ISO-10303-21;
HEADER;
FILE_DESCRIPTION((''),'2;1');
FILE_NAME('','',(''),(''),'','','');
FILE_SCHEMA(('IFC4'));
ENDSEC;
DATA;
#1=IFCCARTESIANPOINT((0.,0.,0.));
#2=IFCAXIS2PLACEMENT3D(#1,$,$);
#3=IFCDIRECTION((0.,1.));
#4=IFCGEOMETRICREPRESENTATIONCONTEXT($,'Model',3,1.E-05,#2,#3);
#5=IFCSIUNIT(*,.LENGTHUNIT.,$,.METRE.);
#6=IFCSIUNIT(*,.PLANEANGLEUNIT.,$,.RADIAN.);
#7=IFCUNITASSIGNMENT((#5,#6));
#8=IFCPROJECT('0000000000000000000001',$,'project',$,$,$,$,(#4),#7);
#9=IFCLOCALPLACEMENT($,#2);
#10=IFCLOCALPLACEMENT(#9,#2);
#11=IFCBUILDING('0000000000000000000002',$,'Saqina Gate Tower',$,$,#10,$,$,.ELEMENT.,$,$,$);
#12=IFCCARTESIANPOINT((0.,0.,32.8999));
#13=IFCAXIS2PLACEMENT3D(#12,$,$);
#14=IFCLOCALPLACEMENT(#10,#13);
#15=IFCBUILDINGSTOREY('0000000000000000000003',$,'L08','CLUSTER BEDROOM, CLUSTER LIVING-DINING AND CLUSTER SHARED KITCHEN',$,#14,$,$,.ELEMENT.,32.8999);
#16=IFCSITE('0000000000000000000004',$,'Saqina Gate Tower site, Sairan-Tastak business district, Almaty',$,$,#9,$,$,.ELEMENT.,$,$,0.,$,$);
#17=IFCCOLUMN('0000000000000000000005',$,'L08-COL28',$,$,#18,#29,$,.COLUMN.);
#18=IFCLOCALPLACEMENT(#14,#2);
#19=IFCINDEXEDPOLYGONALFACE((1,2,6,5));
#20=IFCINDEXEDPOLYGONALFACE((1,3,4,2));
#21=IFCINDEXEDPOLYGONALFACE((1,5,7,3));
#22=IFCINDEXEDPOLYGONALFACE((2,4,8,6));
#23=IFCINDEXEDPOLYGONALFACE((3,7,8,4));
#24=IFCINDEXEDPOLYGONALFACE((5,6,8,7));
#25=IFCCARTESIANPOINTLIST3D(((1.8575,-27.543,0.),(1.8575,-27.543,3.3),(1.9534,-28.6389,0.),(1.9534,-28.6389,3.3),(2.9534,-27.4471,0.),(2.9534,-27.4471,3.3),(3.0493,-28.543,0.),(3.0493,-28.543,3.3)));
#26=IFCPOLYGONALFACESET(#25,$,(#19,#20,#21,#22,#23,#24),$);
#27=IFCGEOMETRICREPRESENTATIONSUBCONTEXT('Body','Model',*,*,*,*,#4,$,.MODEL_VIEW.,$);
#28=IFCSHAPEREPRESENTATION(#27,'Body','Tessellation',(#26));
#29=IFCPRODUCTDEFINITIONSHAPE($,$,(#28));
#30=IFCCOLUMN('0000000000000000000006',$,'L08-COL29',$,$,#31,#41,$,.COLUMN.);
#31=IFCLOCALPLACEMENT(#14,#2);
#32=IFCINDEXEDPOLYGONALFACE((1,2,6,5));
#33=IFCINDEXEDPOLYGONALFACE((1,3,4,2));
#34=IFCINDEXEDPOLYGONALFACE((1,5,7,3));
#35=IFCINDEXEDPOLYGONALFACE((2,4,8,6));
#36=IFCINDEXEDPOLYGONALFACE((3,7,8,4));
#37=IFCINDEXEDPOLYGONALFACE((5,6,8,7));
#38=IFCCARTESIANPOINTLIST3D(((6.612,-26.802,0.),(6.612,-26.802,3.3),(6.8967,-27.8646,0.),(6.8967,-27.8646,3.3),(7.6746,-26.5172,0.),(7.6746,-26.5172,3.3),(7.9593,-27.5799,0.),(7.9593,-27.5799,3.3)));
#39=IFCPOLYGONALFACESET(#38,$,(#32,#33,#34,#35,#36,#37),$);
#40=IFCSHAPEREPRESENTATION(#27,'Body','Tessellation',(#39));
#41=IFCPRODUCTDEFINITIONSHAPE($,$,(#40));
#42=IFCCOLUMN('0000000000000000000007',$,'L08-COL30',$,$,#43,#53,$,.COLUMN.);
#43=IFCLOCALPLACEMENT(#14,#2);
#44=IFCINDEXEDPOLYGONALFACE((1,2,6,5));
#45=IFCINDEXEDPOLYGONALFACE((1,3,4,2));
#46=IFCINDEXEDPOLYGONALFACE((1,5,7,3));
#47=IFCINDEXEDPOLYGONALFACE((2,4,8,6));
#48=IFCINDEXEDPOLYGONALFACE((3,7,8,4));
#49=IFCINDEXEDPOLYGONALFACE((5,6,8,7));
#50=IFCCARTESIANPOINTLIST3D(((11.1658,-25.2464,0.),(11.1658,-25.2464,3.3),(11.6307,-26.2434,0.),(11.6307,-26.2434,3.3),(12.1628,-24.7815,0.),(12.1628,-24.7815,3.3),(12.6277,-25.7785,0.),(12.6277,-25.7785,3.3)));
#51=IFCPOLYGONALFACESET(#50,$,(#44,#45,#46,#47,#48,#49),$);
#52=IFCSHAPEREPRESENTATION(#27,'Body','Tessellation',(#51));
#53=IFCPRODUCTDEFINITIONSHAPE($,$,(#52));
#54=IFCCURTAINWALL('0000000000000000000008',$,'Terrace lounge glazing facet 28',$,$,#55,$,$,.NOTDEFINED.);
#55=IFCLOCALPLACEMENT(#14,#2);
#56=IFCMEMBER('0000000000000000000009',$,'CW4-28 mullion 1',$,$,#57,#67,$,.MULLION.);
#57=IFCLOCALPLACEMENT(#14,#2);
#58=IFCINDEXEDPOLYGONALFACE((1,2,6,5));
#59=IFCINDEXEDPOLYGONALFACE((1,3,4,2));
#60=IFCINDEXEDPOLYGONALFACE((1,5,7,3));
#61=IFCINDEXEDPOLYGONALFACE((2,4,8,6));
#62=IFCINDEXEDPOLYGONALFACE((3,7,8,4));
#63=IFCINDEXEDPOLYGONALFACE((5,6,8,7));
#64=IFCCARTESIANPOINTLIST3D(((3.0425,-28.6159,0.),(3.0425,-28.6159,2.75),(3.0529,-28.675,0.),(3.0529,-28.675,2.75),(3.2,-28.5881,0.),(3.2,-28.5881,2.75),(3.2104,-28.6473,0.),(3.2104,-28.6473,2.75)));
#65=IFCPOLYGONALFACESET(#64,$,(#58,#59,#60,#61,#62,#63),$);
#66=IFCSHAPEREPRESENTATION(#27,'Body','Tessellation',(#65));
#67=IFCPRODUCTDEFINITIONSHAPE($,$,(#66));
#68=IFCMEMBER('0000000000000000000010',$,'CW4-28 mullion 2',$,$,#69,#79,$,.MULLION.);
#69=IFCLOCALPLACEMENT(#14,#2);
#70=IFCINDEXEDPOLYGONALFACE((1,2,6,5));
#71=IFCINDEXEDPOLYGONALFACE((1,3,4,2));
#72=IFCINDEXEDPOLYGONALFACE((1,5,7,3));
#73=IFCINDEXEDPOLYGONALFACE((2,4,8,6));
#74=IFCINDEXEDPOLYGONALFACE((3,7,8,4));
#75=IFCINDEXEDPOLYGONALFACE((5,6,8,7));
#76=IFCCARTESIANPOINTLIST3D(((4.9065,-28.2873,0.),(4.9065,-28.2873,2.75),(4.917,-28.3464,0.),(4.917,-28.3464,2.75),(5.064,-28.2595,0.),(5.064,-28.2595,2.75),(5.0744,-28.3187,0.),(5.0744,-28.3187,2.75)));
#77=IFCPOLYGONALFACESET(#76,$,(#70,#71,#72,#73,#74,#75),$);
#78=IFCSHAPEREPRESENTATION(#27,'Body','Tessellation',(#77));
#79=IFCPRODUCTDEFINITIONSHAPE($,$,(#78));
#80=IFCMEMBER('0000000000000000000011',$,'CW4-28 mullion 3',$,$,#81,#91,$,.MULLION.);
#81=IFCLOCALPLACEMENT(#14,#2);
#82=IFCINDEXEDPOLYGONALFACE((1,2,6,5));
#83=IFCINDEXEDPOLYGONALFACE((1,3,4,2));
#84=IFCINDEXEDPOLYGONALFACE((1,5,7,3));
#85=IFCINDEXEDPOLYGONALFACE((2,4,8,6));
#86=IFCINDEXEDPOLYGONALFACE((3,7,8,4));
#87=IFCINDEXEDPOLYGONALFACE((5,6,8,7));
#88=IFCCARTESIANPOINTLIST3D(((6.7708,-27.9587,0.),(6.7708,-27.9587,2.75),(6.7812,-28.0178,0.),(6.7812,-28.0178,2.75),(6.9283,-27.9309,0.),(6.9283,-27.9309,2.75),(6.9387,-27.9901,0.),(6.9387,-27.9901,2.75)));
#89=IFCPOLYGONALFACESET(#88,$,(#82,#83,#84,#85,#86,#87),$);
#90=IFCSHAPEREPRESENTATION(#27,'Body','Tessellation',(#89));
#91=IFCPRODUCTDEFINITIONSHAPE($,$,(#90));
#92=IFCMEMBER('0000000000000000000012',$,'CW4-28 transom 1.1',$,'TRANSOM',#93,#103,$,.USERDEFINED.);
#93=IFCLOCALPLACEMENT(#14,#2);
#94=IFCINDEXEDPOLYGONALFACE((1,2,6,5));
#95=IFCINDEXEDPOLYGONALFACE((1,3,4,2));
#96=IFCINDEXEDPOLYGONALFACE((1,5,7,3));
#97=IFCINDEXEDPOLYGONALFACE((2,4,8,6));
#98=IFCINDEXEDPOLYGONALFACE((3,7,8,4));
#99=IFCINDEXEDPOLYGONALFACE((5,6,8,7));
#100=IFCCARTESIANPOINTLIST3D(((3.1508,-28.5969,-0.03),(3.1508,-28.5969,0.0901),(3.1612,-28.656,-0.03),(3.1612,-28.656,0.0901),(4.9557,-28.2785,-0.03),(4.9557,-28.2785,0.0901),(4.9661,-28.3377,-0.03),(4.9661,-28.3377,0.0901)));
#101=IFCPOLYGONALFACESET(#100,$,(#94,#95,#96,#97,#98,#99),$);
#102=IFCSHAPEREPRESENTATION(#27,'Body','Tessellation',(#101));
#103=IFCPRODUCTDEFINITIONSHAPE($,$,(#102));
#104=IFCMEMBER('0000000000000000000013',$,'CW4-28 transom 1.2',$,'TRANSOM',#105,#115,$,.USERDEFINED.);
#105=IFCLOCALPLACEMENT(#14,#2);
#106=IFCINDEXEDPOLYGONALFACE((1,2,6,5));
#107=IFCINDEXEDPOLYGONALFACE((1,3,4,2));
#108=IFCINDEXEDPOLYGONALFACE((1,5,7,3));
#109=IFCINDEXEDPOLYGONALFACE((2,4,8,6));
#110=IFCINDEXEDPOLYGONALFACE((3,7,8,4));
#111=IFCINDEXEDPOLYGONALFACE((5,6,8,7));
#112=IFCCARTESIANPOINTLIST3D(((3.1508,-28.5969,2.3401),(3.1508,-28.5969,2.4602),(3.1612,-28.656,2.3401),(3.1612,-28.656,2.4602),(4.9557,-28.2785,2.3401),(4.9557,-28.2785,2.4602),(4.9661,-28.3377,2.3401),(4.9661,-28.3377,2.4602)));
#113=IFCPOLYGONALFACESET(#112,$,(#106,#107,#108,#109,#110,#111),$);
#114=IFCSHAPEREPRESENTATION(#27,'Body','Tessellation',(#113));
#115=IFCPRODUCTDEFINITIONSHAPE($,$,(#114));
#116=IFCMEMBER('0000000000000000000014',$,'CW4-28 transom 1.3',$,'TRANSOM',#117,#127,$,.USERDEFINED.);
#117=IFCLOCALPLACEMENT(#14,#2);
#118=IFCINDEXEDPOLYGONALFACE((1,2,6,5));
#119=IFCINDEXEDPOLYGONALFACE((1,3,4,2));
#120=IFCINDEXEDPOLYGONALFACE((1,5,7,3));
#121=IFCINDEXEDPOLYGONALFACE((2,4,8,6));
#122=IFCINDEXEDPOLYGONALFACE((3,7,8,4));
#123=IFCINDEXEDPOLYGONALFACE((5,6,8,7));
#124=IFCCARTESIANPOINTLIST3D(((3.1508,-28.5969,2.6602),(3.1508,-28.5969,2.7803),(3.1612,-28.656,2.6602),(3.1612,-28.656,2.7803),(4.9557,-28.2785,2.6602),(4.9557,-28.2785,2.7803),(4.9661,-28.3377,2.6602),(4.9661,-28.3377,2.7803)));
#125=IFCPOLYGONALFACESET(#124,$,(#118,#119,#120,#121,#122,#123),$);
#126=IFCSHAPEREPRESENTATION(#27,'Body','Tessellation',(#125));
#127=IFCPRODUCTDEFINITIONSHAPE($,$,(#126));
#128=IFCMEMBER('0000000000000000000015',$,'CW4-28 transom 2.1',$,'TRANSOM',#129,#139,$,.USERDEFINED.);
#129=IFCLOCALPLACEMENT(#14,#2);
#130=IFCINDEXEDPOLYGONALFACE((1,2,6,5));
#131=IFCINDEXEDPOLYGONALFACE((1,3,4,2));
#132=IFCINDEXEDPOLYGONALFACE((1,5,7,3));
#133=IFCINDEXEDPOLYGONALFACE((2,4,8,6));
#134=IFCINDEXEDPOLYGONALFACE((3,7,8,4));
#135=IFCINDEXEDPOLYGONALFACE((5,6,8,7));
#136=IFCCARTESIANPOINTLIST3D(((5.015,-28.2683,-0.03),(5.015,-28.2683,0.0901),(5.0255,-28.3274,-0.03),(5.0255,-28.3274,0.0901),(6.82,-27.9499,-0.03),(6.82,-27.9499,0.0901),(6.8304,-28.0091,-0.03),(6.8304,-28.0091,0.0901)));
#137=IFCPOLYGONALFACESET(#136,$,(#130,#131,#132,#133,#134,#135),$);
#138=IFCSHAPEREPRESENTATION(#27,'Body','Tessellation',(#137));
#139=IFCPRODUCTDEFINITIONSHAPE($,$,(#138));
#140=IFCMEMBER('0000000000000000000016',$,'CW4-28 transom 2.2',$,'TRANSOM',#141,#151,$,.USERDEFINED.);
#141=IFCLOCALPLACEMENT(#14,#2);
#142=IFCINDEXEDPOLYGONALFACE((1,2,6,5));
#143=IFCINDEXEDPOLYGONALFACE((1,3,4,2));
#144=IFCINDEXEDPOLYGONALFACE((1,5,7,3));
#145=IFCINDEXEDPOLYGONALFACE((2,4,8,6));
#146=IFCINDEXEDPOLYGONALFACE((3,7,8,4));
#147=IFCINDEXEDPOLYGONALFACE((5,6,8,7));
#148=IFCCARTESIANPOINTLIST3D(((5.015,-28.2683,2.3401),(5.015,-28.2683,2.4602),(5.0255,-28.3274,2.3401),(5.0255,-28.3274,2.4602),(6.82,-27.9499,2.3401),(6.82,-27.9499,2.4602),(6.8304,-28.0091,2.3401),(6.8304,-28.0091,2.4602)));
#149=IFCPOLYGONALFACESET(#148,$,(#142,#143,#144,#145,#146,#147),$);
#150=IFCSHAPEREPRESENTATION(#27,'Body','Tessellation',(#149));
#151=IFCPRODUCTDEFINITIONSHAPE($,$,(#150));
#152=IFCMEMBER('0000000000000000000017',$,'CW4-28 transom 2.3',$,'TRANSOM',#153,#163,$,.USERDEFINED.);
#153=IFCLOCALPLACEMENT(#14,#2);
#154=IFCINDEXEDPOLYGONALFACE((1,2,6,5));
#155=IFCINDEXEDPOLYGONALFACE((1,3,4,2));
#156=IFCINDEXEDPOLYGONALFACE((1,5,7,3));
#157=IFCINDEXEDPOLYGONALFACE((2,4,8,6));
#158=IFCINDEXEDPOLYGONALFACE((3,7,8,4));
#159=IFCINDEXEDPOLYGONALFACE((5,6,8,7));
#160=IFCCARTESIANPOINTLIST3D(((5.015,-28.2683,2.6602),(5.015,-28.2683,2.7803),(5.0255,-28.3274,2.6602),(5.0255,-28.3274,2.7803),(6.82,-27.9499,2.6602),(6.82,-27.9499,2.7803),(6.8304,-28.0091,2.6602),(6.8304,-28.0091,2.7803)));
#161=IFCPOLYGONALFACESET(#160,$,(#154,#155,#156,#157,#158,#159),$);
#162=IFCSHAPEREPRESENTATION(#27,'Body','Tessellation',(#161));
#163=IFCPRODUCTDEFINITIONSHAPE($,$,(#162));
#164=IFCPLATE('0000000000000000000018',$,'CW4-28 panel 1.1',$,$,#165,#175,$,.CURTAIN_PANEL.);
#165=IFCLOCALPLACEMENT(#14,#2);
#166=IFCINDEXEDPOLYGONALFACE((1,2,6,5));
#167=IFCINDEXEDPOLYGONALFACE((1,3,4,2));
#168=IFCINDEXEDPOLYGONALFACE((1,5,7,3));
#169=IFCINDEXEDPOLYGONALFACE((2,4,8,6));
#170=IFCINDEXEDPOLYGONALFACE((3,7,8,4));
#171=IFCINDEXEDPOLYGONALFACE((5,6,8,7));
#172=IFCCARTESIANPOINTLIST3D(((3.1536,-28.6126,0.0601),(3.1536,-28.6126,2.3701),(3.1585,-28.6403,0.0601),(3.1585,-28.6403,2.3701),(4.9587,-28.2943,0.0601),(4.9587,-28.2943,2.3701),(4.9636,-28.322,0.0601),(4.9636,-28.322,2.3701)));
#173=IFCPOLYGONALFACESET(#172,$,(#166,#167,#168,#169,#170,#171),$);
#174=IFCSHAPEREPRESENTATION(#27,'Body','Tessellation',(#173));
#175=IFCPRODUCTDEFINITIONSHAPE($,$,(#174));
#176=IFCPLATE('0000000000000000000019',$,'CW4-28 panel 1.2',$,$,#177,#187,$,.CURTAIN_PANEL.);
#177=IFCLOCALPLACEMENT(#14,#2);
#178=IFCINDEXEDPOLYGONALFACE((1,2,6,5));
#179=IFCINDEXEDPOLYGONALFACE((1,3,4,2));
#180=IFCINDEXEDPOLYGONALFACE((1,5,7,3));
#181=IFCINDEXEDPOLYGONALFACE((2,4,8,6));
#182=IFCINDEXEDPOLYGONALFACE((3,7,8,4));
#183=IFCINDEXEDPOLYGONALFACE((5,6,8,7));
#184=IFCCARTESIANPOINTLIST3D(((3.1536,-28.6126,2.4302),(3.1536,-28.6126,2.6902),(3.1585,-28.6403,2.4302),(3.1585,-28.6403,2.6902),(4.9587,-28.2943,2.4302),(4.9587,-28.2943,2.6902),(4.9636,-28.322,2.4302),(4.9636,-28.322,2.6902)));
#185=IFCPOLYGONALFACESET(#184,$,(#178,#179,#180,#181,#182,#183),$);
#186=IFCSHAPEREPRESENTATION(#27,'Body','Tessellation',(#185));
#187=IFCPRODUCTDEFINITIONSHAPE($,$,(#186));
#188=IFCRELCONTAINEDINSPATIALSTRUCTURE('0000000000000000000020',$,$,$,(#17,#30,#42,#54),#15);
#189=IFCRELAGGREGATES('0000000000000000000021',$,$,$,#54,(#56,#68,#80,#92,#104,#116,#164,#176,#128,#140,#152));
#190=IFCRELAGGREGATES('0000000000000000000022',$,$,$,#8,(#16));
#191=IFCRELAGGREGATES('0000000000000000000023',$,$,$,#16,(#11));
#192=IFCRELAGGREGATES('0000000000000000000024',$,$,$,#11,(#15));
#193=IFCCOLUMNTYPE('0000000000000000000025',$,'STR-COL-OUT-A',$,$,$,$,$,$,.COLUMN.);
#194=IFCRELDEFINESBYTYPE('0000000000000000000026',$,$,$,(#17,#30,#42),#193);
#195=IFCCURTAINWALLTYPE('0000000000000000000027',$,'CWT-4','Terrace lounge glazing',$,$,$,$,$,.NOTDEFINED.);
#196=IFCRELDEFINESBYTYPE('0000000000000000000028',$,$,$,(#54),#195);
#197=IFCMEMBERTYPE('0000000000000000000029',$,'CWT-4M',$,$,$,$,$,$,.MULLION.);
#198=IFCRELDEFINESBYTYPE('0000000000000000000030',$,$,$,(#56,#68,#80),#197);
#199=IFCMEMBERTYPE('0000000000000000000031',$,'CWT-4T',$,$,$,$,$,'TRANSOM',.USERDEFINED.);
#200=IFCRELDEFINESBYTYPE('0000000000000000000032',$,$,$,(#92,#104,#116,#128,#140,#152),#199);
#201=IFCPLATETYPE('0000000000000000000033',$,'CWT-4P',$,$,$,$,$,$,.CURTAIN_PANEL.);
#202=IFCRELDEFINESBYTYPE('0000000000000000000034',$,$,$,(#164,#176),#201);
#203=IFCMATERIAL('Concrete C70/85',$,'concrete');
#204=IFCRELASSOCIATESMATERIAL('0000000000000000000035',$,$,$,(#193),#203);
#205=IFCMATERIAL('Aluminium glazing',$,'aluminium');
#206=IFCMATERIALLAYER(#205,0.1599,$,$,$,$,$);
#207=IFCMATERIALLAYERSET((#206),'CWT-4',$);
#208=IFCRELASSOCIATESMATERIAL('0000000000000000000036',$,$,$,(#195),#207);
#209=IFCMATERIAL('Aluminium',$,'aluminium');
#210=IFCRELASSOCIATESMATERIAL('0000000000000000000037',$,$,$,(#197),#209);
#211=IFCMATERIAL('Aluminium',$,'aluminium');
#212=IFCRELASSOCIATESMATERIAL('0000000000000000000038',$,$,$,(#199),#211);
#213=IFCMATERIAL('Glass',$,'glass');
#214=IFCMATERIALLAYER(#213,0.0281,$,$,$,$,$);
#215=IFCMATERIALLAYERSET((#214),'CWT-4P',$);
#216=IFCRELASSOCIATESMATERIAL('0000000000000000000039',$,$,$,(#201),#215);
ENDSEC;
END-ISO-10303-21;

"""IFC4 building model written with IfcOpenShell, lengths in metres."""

from ifc_helpers import new_model, si_unit, direction, frame, origin, origin_2d, place, context, subcontext, project, spatial, rectangle, extrude, material, layer, layer_set, material_profile, profile_set, type_object, element, aggregate, save


model = new_model("IFC4")

# Units and contexts
model_context = context("Model", 3, precision=1e-05, world=origin(), true_north=direction((0.0, 1.0)))
body_context = subcontext(model_context, "Body", "Model", "MODEL_VIEW")
ifc_project = project(units=[si_unit("LENGTHUNIT", "METRE"), si_unit("PLANEANGLEUNIT", "RADIAN")], contexts=[model_context])

# Site, building, storey
site_placement = place(None, origin())
site = spatial("IfcSite", under=ifc_project, at=site_placement, Name="Saqina Gate Tower site, Sairan-Tastak business district, Almaty", CompositionType="ELEMENT", RefElevation=0.0)
building_placement = place(site_placement, origin())
building = spatial("IfcBuilding", under=site, at=building_placement, Name="Saqina Gate Tower", CompositionType="ELEMENT")
storey_placement = place(building_placement, frame((0.0, 0.0, 32.8999)))
storey = spatial("IfcBuildingStorey", under=building, at=storey_placement, Name="L08", Description="CLUSTER BEDROOM, CLUSTER LIVING-DINING AND CLUSTER SHARED KITCHEN", CompositionType="ELEMENT", Elevation=32.8999)

# Columns
ifc_material_1 = material(Name="Concrete C70/85", Category="concrete")
ifc_material_profile_1 = material_profile(ifc_material_1, rectangle(XDim=1.1001, YDim=1.1001, at=origin_2d()), Name="RC 1100x1100")
ifc_profile_set_1 = profile_set([ifc_material_profile_1], Name="Concrete C70/85")
column_type = type_object("IfcColumnType", Name="STR-COL-OUT-A", PredefinedType="COLUMN", material=ifc_profile_set_1)
for number, where, z_axis, x_axis, name in (
    (1, (2.4534, -28.043, 0.0), (0.0, 0.0, 1.0), (0.087156, -0.996195, 0.0), "L08-COL28"),
    (2, (7.2856, -27.1909, 0.0), (0.0, 0.0, 1.0), (0.258819, -0.965926, 0.0), "L08-COL29"),
    (3, (11.8967, -25.5125, 0.0), (0.0, 0.0, 1.0), (0.422618, -0.906308, 0.0), "L08-COL30"),
):
    element("IfcColumn", number, at=place(storey_placement, frame(where, z_axis=z_axis, x_axis=x_axis)), inside=storey, type_object=column_type, Name=name, PredefinedType="COLUMN", context=body_context, shape_type="SweptSolid", body=[
        extrude(rectangle(XDim=1.1001, YDim=1.1001, at=origin_2d()), origin(), (0.0, 0.0, 1.0), 3.3),
    ])

# Curtain wall, members, plates
ifc_material_2 = material(Name="Aluminium glazing", Category="aluminium")
ifc_layer_1 = layer(ifc_material_2, 0.1599)
ifc_layer_set_1 = layer_set([ifc_layer_1], Name="CWT-4")
curtain_wall_type = type_object("IfcCurtainWallType", Name="CWT-4", Description="Terrace lounge glazing", PredefinedType="NOTDEFINED", material=ifc_layer_set_1)
curtain_wall_placement = place(storey_placement, origin())
curtain_wall = element("IfcCurtainWall", 4, at=curtain_wall_placement, inside=storey, type_object=curtain_wall_type, Name="Terrace lounge glazing facet 28", PredefinedType="NOTDEFINED")
ifc_material_3 = material(Name="Aluminium", Category="aluminium")
ifc_material_profile_2 = material_profile(ifc_material_3, rectangle(XDim=0.0601, YDim=0.1599, at=origin_2d()), Name="Aluminium 60x160")
ifc_profile_set_2 = profile_set([ifc_material_profile_2], Name="Aluminium")
member_type_1 = type_object("IfcMemberType", Name="CWT-4M", PredefinedType="MULLION", material=ifc_profile_set_2)
member_1_placement = place(storey_placement, frame((3.1265, -28.6316, 0.0), z_axis=(0.0, 0.0, 1.0), x_axis=(-0.173643, 0.984809, 0.0)))
member_1 = element("IfcMember", 5, at=member_1_placement, type_object=member_type_1, Name="CW4-28 mullion 1", PredefinedType="MULLION", context=body_context, shape_type="SweptSolid", body=[
    extrude(rectangle(XDim=0.0601, YDim=0.1599, at=origin_2d()), origin(), (0.0, 0.0, 1.0), 2.75),
])
member_2_placement = place(storey_placement, frame((4.9905, -28.303, 0.0), z_axis=(0.0, 0.0, 1.0), x_axis=(-0.173643, 0.984809, 0.0)))
member_2 = element("IfcMember", 6, at=member_2_placement, type_object=member_type_1, Name="CW4-28 mullion 2", PredefinedType="MULLION", context=body_context, shape_type="SweptSolid", body=[
    extrude(rectangle(XDim=0.0601, YDim=0.1599, at=origin_2d()), origin(), (0.0, 0.0, 1.0), 2.75),
])
member_3_placement = place(storey_placement, frame((6.8547, -27.9744, 0.0), z_axis=(0.0, 0.0, 1.0), x_axis=(-0.173643, 0.984809, 0.0)))
member_3 = element("IfcMember", 7, at=member_3_placement, type_object=member_type_1, Name="CW4-28 mullion 3", PredefinedType="MULLION", context=body_context, shape_type="SweptSolid", body=[
    extrude(rectangle(XDim=0.0601, YDim=0.1599, at=origin_2d()), origin(), (0.0, 0.0, 1.0), 2.75),
])
ifc_material_4 = material(Name="Aluminium", Category="aluminium")
ifc_material_profile_3 = material_profile(ifc_material_4, rectangle(XDim=0.0601, YDim=0.1201, at=origin_2d()), Name="Aluminium 60x120")
ifc_profile_set_3 = profile_set([ifc_material_profile_3], Name="Aluminium")
member_type_2 = type_object("IfcMemberType", Name="CWT-4T", ElementType="TRANSOM", PredefinedType="USERDEFINED", material=ifc_profile_set_3)
member_4_placement = place(storey_placement, frame((3.156, -28.6265, 0.03), z_axis=(0.984798, 0.173702, 0.0), x_axis=(-0.173702, 0.984798, 0.0)))
member_4 = element("IfcMember", 8, at=member_4_placement, type_object=member_type_2, Name="CW4-28 transom 1.1", ObjectType="TRANSOM", PredefinedType="USERDEFINED", context=body_context, shape_type="SweptSolid", body=[
    extrude(rectangle(XDim=0.0601, YDim=0.1201, at=origin_2d()), origin(), (0.0, 0.0, 1.0), 1.8328),
])
member_5_placement = place(storey_placement, frame((3.156, -28.6265, 2.4001), z_axis=(0.984798, 0.173702, 0.0), x_axis=(-0.173702, 0.984798, 0.0)))
member_5 = element("IfcMember", 9, at=member_5_placement, type_object=member_type_2, Name="CW4-28 transom 1.2", ObjectType="TRANSOM", PredefinedType="USERDEFINED", context=body_context, shape_type="SweptSolid", body=[
    extrude(rectangle(XDim=0.0601, YDim=0.1201, at=origin_2d()), origin(), (0.0, 0.0, 1.0), 1.8328),
])
member_6_placement = place(storey_placement, frame((3.156, -28.6265, 2.7202), z_axis=(0.984798, 0.173702, 0.0), x_axis=(-0.173702, 0.984798, 0.0)))
member_6 = element("IfcMember", 10, at=member_6_placement, type_object=member_type_2, Name="CW4-28 transom 1.3", ObjectType="TRANSOM", PredefinedType="USERDEFINED", context=body_context, shape_type="SweptSolid", body=[
    extrude(rectangle(XDim=0.0601, YDim=0.1201, at=origin_2d()), origin(), (0.0, 0.0, 1.0), 1.8328),
])
member_7_placement = place(storey_placement, frame((5.0203, -28.2979, 0.03), z_axis=(0.984798, 0.173702, 0.0), x_axis=(-0.173702, 0.984798, 0.0)))
member_7 = element("IfcMember", 11, at=member_7_placement, type_object=member_type_2, Name="CW4-28 transom 2.1", ObjectType="TRANSOM", PredefinedType="USERDEFINED", context=body_context, shape_type="SweptSolid", body=[
    extrude(rectangle(XDim=0.0601, YDim=0.1201, at=origin_2d()), origin(), (0.0, 0.0, 1.0), 1.8328),
])
member_8_placement = place(storey_placement, frame((5.0203, -28.2979, 2.4001), z_axis=(0.984798, 0.173702, 0.0), x_axis=(-0.173702, 0.984798, 0.0)))
member_8 = element("IfcMember", 12, at=member_8_placement, type_object=member_type_2, Name="CW4-28 transom 2.2", ObjectType="TRANSOM", PredefinedType="USERDEFINED", context=body_context, shape_type="SweptSolid", body=[
    extrude(rectangle(XDim=0.0601, YDim=0.1201, at=origin_2d()), origin(), (0.0, 0.0, 1.0), 1.8328),
])
member_9_placement = place(storey_placement, frame((5.0203, -28.2979, 2.7202), z_axis=(0.984798, 0.173702, 0.0), x_axis=(-0.173702, 0.984798, 0.0)))
member_9 = element("IfcMember", 13, at=member_9_placement, type_object=member_type_2, Name="CW4-28 transom 2.3", ObjectType="TRANSOM", PredefinedType="USERDEFINED", context=body_context, shape_type="SweptSolid", body=[
    extrude(rectangle(XDim=0.0601, YDim=0.1201, at=origin_2d()), origin(), (0.0, 0.0, 1.0), 1.8328),
])
ifc_material_5 = material(Name="Glass", Category="glass")
ifc_layer_2 = layer(ifc_material_5, 0.0281)
ifc_layer_set_2 = layer_set([ifc_layer_2], Name="CWT-4P")
plate_type = type_object("IfcPlateType", Name="CWT-4P", PredefinedType="CURTAIN_PANEL", material=ifc_layer_set_2)
plate_1_placement = place(storey_placement, frame((4.0586, -28.4673, 0.0601), z_axis=(0.0, 0.0, 1.0), x_axis=(0.984809, 0.173643, 0.0)))
plate_1 = element("IfcPlate", 14, at=plate_1_placement, type_object=plate_type, Name="CW4-28 panel 1.1", PredefinedType="CURTAIN_PANEL", context=body_context, shape_type="SweptSolid", body=[
    extrude(rectangle(XDim=1.833, YDim=0.0281, at=origin_2d()), origin(), (0.0, 0.0, 1.0), 2.3101),
])
plate_2_placement = place(storey_placement, frame((4.0586, -28.4673, 2.4302), z_axis=(0.0, 0.0, 1.0), x_axis=(0.984809, 0.173643, 0.0)))
plate_2 = element("IfcPlate", 15, at=plate_2_placement, type_object=plate_type, Name="CW4-28 panel 1.2", PredefinedType="CURTAIN_PANEL", context=body_context, shape_type="SweptSolid", body=[
    extrude(rectangle(XDim=1.833, YDim=0.0281, at=origin_2d()), origin(), (0.0, 0.0, 1.0), 0.26),
])
aggregate(curtain_wall, [member_1, member_2, member_3, member_4, member_5, member_6, plate_1, plate_2, member_7, member_8, member_9])

save(model, "model.ifc")
